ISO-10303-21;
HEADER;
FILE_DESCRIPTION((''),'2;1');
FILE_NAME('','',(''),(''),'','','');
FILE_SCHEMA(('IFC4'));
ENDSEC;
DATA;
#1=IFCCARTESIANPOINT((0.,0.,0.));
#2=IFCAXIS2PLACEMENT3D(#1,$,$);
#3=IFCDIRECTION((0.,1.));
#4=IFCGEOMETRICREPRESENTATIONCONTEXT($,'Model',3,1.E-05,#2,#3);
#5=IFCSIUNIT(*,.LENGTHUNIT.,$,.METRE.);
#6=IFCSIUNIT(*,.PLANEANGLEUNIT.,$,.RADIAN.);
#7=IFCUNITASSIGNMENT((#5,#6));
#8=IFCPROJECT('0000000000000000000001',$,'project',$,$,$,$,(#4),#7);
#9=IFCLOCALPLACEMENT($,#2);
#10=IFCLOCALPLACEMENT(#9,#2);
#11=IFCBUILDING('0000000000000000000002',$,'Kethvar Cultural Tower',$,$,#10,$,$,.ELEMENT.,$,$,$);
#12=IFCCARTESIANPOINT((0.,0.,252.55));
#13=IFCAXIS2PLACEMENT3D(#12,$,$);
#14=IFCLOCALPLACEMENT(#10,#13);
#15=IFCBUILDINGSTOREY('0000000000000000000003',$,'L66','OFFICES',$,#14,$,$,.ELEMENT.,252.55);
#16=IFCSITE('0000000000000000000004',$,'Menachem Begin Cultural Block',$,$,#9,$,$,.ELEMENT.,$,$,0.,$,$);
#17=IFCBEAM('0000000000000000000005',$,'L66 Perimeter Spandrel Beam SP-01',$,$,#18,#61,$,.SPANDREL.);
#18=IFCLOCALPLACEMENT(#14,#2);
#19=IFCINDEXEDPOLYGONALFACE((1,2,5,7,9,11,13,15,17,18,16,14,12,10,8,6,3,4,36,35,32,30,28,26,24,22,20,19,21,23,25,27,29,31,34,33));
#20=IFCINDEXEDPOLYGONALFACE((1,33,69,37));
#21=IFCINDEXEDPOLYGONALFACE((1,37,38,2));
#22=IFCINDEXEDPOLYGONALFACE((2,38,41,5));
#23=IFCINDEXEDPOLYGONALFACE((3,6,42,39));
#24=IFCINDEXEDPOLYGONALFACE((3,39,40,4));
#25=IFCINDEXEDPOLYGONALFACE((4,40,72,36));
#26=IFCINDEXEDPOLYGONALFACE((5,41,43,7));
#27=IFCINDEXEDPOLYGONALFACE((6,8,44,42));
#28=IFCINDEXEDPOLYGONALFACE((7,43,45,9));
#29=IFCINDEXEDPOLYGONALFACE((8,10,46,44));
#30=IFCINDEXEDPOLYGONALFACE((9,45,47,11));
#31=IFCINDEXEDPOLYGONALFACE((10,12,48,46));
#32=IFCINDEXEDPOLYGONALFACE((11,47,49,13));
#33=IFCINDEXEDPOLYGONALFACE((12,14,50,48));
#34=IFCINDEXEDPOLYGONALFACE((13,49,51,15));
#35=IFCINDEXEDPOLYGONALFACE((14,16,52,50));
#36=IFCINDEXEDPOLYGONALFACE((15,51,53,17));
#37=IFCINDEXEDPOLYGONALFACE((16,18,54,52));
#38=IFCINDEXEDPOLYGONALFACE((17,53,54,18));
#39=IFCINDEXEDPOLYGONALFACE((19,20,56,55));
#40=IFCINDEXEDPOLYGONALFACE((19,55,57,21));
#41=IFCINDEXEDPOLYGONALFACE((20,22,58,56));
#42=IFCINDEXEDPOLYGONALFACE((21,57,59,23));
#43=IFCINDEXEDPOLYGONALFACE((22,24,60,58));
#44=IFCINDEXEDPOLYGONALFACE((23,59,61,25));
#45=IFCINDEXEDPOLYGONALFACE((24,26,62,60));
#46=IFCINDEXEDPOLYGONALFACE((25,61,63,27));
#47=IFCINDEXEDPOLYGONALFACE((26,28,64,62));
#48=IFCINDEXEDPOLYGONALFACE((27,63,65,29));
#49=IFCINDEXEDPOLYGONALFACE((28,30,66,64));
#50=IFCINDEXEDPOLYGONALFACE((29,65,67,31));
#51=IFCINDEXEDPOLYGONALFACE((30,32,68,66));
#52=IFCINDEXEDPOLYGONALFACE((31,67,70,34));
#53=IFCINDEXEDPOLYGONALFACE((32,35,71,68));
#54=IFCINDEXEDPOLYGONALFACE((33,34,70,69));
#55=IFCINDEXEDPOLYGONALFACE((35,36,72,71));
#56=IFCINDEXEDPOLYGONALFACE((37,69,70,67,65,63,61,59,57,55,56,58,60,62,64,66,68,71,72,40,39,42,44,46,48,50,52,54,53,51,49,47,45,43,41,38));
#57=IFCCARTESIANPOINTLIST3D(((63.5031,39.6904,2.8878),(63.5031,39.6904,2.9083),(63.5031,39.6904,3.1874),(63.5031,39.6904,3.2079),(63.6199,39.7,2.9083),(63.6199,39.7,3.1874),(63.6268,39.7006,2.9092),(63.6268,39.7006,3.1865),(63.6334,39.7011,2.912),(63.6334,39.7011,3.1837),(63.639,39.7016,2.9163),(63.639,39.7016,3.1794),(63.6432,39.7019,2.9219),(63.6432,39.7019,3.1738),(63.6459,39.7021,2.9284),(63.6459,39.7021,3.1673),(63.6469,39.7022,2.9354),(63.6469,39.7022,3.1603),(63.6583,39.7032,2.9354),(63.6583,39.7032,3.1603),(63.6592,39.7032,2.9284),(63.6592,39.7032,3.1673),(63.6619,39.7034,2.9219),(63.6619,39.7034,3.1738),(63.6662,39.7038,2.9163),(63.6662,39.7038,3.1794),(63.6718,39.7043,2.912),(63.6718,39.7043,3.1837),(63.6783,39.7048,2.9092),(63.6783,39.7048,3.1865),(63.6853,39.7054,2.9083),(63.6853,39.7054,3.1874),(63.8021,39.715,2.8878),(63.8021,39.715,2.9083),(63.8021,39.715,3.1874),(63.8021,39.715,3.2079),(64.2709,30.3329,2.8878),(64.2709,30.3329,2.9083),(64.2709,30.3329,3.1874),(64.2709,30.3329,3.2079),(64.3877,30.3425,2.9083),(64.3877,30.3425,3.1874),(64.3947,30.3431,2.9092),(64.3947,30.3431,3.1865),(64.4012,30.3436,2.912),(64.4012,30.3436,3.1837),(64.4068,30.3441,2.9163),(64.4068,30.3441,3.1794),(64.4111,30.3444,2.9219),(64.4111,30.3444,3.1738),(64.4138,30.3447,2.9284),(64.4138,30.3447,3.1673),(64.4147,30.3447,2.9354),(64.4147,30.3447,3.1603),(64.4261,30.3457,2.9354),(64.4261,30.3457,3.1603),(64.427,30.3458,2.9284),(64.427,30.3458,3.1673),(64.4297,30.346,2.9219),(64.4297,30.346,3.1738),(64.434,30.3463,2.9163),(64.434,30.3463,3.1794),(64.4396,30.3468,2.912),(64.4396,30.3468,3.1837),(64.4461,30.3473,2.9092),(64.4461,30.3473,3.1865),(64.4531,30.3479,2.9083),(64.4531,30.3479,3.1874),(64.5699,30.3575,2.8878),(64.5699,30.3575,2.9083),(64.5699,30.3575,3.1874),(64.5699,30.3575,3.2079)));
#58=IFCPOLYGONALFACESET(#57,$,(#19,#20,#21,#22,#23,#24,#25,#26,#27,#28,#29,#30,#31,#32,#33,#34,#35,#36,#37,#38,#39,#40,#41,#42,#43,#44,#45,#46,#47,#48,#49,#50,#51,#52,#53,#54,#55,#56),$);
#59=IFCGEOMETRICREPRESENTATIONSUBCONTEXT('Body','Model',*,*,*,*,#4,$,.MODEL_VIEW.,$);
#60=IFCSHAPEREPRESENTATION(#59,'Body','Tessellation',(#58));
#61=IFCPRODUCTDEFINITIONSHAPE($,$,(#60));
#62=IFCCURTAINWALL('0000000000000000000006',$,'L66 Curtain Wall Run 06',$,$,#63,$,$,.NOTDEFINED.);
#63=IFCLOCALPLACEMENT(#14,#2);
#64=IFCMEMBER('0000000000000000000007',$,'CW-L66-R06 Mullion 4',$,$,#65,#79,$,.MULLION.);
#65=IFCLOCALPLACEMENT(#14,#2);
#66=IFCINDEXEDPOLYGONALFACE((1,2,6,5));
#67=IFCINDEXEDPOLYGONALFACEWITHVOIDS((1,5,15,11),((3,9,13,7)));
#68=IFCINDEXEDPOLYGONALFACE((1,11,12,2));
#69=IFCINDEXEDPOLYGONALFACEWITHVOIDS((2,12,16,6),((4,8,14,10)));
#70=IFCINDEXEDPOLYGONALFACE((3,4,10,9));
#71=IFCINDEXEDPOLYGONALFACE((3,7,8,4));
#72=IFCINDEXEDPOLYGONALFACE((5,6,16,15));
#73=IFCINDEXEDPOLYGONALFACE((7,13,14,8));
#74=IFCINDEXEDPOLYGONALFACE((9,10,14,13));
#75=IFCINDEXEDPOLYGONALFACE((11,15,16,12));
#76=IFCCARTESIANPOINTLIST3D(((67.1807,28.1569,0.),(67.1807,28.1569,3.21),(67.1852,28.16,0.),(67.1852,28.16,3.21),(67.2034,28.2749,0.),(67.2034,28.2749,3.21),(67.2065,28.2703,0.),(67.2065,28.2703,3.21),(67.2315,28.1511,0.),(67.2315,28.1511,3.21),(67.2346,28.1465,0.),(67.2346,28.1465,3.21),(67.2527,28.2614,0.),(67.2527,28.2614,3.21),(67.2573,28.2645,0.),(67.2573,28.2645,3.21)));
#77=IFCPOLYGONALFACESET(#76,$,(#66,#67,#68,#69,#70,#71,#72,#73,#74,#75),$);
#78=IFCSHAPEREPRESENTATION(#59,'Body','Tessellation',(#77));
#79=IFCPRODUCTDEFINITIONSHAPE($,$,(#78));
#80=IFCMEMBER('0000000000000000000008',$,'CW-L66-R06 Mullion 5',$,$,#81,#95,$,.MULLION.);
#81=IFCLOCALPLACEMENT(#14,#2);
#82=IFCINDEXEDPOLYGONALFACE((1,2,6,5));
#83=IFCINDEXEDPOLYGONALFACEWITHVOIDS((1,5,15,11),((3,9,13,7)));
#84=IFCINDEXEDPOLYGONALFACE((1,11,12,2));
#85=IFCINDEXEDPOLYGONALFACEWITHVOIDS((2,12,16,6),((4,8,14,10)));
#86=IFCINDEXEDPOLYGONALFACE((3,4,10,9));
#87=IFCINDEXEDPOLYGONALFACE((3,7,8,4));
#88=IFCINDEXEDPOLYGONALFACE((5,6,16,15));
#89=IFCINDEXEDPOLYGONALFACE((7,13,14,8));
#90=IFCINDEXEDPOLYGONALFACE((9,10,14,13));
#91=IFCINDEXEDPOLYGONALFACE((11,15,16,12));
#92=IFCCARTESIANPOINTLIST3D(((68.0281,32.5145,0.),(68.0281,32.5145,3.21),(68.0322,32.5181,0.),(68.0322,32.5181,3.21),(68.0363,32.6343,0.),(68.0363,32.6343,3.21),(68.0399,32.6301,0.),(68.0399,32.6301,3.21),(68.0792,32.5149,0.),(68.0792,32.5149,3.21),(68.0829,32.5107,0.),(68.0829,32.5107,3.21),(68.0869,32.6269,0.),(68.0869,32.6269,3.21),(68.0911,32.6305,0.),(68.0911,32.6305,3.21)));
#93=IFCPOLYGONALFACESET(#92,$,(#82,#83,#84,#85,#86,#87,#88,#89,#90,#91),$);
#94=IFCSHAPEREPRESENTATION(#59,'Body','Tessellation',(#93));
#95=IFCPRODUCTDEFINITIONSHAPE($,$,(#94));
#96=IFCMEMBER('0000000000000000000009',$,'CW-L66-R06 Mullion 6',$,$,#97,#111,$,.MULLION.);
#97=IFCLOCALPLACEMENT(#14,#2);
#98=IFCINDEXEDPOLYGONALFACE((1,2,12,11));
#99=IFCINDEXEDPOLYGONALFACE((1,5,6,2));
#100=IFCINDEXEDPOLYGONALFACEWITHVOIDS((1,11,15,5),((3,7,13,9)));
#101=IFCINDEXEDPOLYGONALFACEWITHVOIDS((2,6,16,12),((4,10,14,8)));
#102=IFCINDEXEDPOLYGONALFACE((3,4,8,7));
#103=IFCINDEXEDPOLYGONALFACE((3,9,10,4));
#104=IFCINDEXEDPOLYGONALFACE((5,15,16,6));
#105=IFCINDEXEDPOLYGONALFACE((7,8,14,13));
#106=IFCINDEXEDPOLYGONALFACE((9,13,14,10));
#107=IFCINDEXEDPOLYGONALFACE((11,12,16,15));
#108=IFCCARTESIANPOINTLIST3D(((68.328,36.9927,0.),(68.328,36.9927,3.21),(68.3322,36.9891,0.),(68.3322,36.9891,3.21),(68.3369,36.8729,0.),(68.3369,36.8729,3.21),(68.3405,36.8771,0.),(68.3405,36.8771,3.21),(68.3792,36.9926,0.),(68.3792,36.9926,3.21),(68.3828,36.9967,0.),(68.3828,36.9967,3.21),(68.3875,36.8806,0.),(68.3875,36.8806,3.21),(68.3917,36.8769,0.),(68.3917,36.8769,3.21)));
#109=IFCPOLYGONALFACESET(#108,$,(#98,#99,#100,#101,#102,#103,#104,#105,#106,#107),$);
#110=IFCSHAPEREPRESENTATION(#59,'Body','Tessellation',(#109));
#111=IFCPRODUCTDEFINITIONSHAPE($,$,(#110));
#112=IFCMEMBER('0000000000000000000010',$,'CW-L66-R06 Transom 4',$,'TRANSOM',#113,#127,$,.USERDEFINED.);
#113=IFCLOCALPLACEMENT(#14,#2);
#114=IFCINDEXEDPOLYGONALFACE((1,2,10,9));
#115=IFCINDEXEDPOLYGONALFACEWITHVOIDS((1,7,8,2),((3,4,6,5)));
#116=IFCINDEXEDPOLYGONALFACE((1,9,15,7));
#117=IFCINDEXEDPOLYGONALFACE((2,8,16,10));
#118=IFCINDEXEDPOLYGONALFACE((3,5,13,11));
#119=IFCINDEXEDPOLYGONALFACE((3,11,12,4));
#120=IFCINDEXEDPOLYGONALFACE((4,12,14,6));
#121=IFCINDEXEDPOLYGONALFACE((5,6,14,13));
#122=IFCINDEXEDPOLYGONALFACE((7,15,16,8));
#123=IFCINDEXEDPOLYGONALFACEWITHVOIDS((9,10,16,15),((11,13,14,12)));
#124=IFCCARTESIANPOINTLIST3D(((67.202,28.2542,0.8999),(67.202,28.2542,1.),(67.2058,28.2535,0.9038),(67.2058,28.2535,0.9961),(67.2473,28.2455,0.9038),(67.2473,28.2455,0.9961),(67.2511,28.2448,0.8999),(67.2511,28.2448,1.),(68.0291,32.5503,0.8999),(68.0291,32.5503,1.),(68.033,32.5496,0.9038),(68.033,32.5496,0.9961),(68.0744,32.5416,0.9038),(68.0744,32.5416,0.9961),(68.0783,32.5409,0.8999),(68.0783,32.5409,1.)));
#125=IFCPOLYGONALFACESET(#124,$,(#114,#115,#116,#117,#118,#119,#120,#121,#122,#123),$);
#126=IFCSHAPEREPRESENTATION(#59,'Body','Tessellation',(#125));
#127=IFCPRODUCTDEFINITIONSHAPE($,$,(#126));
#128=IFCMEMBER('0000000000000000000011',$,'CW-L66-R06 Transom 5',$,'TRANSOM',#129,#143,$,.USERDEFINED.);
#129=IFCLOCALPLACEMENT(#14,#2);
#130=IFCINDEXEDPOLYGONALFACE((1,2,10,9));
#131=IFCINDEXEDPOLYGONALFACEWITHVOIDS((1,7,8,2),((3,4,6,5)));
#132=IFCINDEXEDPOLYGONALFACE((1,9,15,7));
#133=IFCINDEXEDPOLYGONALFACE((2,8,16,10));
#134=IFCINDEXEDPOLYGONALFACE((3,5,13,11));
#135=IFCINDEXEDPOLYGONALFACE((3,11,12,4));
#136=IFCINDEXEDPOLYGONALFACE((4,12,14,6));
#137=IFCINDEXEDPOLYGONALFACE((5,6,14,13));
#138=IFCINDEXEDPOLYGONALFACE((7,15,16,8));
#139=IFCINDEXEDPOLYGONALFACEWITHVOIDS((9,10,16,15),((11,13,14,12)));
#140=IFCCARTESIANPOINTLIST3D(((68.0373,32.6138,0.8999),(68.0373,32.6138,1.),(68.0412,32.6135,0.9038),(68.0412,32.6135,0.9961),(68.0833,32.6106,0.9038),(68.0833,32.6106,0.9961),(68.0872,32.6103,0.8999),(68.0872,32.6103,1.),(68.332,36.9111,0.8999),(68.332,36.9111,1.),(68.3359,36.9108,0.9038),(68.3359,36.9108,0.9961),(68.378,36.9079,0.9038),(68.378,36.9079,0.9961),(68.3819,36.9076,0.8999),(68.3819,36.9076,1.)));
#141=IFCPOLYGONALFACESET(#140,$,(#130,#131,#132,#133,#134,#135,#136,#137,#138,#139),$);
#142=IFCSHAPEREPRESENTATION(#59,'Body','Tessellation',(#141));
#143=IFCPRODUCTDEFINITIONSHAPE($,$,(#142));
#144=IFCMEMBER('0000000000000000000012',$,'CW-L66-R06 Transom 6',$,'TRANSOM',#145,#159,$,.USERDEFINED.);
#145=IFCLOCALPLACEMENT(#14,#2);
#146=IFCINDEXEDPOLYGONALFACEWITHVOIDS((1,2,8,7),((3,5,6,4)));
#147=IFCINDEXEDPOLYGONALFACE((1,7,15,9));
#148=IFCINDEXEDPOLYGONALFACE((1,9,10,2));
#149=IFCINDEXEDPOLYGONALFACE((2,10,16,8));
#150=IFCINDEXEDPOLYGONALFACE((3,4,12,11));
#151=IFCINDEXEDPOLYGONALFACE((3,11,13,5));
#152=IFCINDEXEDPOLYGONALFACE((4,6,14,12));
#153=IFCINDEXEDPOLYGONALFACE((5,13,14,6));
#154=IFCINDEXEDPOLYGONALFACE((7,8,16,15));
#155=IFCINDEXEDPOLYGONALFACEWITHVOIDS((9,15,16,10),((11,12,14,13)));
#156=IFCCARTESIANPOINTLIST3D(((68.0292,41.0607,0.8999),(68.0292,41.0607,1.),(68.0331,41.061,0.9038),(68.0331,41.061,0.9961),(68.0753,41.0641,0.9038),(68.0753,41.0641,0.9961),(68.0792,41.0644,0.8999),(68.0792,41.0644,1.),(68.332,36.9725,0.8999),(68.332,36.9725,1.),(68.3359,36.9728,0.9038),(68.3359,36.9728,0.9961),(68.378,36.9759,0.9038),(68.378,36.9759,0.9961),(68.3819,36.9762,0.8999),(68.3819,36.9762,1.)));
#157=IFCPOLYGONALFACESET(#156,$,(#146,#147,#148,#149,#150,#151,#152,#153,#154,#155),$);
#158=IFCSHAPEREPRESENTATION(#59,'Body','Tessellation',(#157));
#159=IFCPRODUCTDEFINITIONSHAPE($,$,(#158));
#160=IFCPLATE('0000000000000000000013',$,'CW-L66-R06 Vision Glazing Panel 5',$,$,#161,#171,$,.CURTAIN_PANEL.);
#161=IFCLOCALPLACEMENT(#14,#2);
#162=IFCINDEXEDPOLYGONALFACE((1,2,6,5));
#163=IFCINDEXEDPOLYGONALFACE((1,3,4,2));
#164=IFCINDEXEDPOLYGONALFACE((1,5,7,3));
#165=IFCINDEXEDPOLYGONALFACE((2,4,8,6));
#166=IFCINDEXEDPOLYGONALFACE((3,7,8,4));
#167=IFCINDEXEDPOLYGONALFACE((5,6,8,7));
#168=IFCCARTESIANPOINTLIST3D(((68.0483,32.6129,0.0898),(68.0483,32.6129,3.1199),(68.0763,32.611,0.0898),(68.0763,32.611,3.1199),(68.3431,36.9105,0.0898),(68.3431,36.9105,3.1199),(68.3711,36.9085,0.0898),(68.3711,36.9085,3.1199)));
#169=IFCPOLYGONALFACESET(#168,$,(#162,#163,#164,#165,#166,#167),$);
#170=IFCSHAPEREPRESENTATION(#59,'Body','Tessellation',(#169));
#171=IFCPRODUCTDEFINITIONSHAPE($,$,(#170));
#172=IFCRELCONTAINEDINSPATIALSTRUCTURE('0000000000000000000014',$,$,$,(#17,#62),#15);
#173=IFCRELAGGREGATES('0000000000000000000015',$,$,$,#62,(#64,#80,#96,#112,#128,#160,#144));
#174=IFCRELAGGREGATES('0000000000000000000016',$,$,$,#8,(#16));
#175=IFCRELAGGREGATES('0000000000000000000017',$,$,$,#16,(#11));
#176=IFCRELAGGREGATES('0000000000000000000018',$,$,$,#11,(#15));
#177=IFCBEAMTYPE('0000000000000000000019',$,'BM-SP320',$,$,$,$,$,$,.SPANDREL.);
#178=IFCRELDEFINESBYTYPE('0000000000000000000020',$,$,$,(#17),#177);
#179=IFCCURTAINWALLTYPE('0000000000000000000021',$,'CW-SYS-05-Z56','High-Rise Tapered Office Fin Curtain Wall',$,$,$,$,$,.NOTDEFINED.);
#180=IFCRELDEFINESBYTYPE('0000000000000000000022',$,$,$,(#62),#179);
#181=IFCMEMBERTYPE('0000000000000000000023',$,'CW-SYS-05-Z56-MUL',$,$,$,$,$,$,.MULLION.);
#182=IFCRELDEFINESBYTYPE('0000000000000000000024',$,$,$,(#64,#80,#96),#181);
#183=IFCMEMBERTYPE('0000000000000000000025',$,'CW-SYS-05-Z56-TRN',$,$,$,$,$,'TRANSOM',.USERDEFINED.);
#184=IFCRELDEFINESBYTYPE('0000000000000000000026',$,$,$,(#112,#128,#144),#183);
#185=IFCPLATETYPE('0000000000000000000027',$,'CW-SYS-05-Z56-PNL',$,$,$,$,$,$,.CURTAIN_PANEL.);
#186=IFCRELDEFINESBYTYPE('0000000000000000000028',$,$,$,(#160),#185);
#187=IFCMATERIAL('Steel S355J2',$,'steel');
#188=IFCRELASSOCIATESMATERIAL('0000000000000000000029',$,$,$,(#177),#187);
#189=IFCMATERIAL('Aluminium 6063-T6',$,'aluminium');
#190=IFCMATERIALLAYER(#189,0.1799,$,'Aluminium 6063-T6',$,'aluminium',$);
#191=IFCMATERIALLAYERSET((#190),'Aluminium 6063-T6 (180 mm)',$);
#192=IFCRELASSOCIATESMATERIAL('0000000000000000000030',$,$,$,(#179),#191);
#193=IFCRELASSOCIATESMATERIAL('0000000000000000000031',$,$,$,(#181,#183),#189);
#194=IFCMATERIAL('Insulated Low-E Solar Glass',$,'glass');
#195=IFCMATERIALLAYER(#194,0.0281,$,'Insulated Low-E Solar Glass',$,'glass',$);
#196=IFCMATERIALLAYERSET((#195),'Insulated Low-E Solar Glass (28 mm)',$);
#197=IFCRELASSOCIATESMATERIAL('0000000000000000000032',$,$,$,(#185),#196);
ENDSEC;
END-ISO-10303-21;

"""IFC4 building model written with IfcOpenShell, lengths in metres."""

from ifc_helpers import new_model, si_unit, direction, frame, origin, origin_2d, place, context, subcontext, project, spatial, rectangle, hollow_rectangle, i_section, extrude, source, transform, mapped, material, layer, layer_set, material_profile, profile_set, type_object, element, aggregate, save


model = new_model("IFC4")

# Units and contexts
model_context = context("Model", 3, precision=1e-05, world=origin(), true_north=direction((0.0, 1.0)))
body_context = subcontext(model_context, "Body", "Model", "MODEL_VIEW")
ifc_project = project(units=[si_unit("LENGTHUNIT", "METRE"), si_unit("PLANEANGLEUNIT", "RADIAN")], contexts=[model_context])

# Site, building, storey
site_placement = place(None, origin())
site = spatial("IfcSite", under=ifc_project, at=site_placement, Name="Menachem Begin Cultural Block", CompositionType="ELEMENT", RefElevation=0.0)
building_placement = place(site_placement, origin())
building = spatial("IfcBuilding", under=site, at=building_placement, Name="Kethvar Cultural Tower", CompositionType="ELEMENT")
storey_placement = place(building_placement, frame((0.0, 0.0, 252.55)))
storey = spatial("IfcBuildingStorey", under=building, at=storey_placement, Name="L66", Description="OFFICES", CompositionType="ELEMENT", Elevation=252.55)

# Beam
ifc_material_1 = material(Name="Steel S355J2", Category="steel")
ifc_material_profile_1 = material_profile(ifc_material_1, i_section(OverallWidth=0.3, OverallDepth=0.3201, WebThickness=0.0115, FlangeThickness=0.0205, FilletRadius=0.0271, at=origin_2d()), Name="Steel S355J2 — HEB320")
ifc_profile_set_1 = profile_set([ifc_material_profile_1], Name="Steel S355J2 — HEB320")
beam_type = type_object("IfcBeamType", Name="BM-SP320", PredefinedType="SPANDREL", material=ifc_profile_set_1)
shared_shape_1 = source(origin(), body_context, "Body", "SweptSolid", [
    extrude(i_section(OverallWidth=0.3, OverallDepth=0.3201, WebThickness=0.0115, FlangeThickness=0.0205, FilletRadius=0.0271, at=origin_2d()), origin(), (0.0, 0.0, 1.0), 9.3889),
])
beam_placement = place(storey_placement, frame((64.4204, 30.3452, 3.0479), z_axis=(-0.08178, 0.99665, 0.0), x_axis=(-0.99665, -0.08178, 0.0)))
element("IfcBeam", 1, at=beam_placement, inside=storey, type_object=beam_type, Name="L66 Perimeter Spandrel Beam SP-01", PredefinedType="SPANDREL", context=body_context, shape_type="MappedRepresentation", body=[
    mapped(shared_shape_1, transform((0.0, 0.0, 0.0), scale=1.0)),
])

# Curtain wall, members, plate
ifc_material_2 = material(Name="Aluminium 6063-T6", Category="aluminium")
ifc_layer_1 = layer(ifc_material_2, 0.1799, Name="Aluminium 6063-T6", Category="aluminium")
ifc_layer_set_1 = layer_set([ifc_layer_1], Name="Aluminium 6063-T6 (180 mm)")
curtain_wall_type = type_object("IfcCurtainWallType", Name="CW-SYS-05-Z56", Description="High-Rise Tapered Office Fin Curtain Wall", PredefinedType="NOTDEFINED", material=ifc_layer_set_1)
curtain_wall_placement = place(storey_placement, origin())
curtain_wall = element("IfcCurtainWall", 2, at=curtain_wall_placement, inside=storey, type_object=curtain_wall_type, Name="L66 Curtain Wall Run 06", PredefinedType="NOTDEFINED")
ifc_material_profile_2 = material_profile(ifc_material_2, hollow_rectangle(XDim=0.0549, YDim=0.1201, WallThickness=0.0039, at=origin_2d()), Name="Aluminium 6063-T6 — RHS120x55x4")
ifc_profile_set_2 = profile_set([ifc_material_profile_2], Name="Aluminium 6063-T6 — RHS120x55x4")
member_type_1 = type_object("IfcMemberType", Name="CW-SYS-05-Z56-MUL", PredefinedType="MULLION", material=ifc_profile_set_2)
shared_shape_2 = source(origin(), body_context, "Body", "SweptSolid", [
    extrude(hollow_rectangle(XDim=0.0549, YDim=0.1201, WallThickness=0.0039, at=origin_2d()), origin(), (0.0, 0.0, 1.0), 3.21),
])
member_1_placement = place(storey_placement, frame((67.219, 28.2107, 0.0), z_axis=(0.0, 0.0, 1.0), x_axis=(-0.981969, 0.189044, 0.0)))
member_1 = element("IfcMember", 3, at=member_1_placement, type_object=member_type_1, Name="CW-L66-R06 Mullion 4", PredefinedType="MULLION", context=body_context, shape_type="MappedRepresentation", body=[
    mapped(shared_shape_2, transform((0.0, 0.0, 0.0), scale=1.0)),
])
member_2_placement = place(storey_placement, frame((68.0596, 32.5725, 0.0), z_axis=(0.0, 0.0, 1.0), x_axis=(-0.997656, 0.068433, 0.0)))
member_2 = element("IfcMember", 4, at=member_2_placement, type_object=member_type_1, Name="CW-L66-R06 Mullion 5", PredefinedType="MULLION", context=body_context, shape_type="MappedRepresentation", body=[
    mapped(shared_shape_2, transform((0.0, 0.0, 0.0), scale=1.0)),
])
member_3_placement = place(storey_placement, frame((68.3599, 36.9348, 0.0), z_axis=(0.0, 0.0, 1.0), x_axis=(-0.997272, -0.073813, 0.0)))
member_3 = element("IfcMember", 5, at=member_3_placement, type_object=member_type_1, Name="CW-L66-R06 Mullion 6", PredefinedType="MULLION", context=body_context, shape_type="MappedRepresentation", body=[
    mapped(shared_shape_2, transform((0.0, 0.0, 0.0), scale=1.0)),
])
ifc_material_profile_3 = material_profile(ifc_material_2, hollow_rectangle(XDim=0.05, YDim=0.1001, WallThickness=0.0039, at=origin_2d()), Name="Aluminium 6063-T6 — RHS100x50x4")
ifc_profile_set_3 = profile_set([ifc_material_profile_3], Name="Aluminium 6063-T6 — RHS100x50x4")
member_type_2 = type_object("IfcMemberType", Name="CW-SYS-05-Z56-TRN", ElementType="TRANSOM", PredefinedType="USERDEFINED", material=ifc_profile_set_3)
shared_shape_3 = source(origin(), body_context, "Body", "SweptSolid", [
    extrude(hollow_rectangle(XDim=0.05, YDim=0.1001, WallThickness=0.0039, at=origin_2d()), origin(), (0.0, 0.0, 1.0), 4.375),
])
member_4_placement = place(storey_placement, frame((67.2266, 28.2495, 0.95), z_axis=(0.189061, 0.981965, 0.0), x_axis=(-0.981965, 0.189061, 0.0)))
member_4 = element("IfcMember", 6, at=member_4_placement, type_object=member_type_2, Name="CW-L66-R06 Transom 4", ObjectType="TRANSOM", PredefinedType="USERDEFINED", context=body_context, shape_type="MappedRepresentation", body=[
    mapped(shared_shape_3, transform((0.0, 0.0, 0.0), scale=1.0)),
])
shared_shape_4 = source(origin(), body_context, "Body", "SweptSolid", [
    extrude(hollow_rectangle(XDim=0.05, YDim=0.1001, WallThickness=0.0039, at=origin_2d()), origin(), (0.0, 0.0, 1.0), 4.3074),
])
member_5_placement = place(storey_placement, frame((68.0623, 32.6121, 0.95), z_axis=(0.068411, 0.997657, 0.0), x_axis=(-0.997657, 0.068411, 0.0)))
member_5 = element("IfcMember", 7, at=member_5_placement, type_object=member_type_2, Name="CW-L66-R06 Transom 5", ObjectType="TRANSOM", PredefinedType="USERDEFINED", context=body_context, shape_type="MappedRepresentation", body=[
    mapped(shared_shape_4, transform((0.0, 0.0, 0.0), scale=1.0)),
])
shared_shape_5 = source(origin(), body_context, "Body", "SweptSolid", [
    extrude(hollow_rectangle(XDim=0.05, YDim=0.1001, WallThickness=0.0039, at=origin_2d()), origin(), (0.0, 0.0, 1.0), 4.0994),
])
member_6_placement = place(storey_placement, frame((68.3569, 36.9744, 0.95), z_axis=(-0.07385, 0.997269, 0.0), x_axis=(-0.997269, -0.07385, 0.0)))
member_6 = element("IfcMember", 8, at=member_6_placement, type_object=member_type_2, Name="CW-L66-R06 Transom 6", ObjectType="TRANSOM", PredefinedType="USERDEFINED", context=body_context, shape_type="MappedRepresentation", body=[
    mapped(shared_shape_5, transform((0.0, 0.0, 0.0), scale=1.0)),
])
ifc_material_3 = material(Name="Insulated Low-E Solar Glass", Category="glass")
ifc_layer_2 = layer(ifc_material_3, 0.0281, Name="Insulated Low-E Solar Glass", Category="glass")
ifc_layer_set_2 = layer_set([ifc_layer_2], Name="Insulated Low-E Solar Glass (28 mm)")
plate_type = type_object("IfcPlateType", Name="CW-SYS-05-Z56-PNL", PredefinedType="CURTAIN_PANEL", material=ifc_layer_set_2)
shared_shape_6 = source(origin(), body_context, "Body", "SweptSolid", [
    extrude(rectangle(XDim=4.3076, YDim=0.0281, at=origin_2d()), origin(), (0.0, 0.0, 1.0), 3.03),
])
plate_1_placement = place(storey_placement, frame((68.2097, 34.7607, 0.0898), z_axis=(0.0, 0.0, 1.0), x_axis=(0.068433, 0.997656, 0.0)))
plate_1 = element("IfcPlate", 9, at=plate_1_placement, type_object=plate_type, Name="CW-L66-R06 Vision Glazing Panel 5", PredefinedType="CURTAIN_PANEL", context=body_context, shape_type="MappedRepresentation", body=[
    mapped(shared_shape_6, transform((0.0, 0.0, 0.0), scale=1.0)),
])
aggregate(curtain_wall, [member_1, member_2, member_3, member_4, member_5, plate_1, member_6])

save(model, "model.ifc")
